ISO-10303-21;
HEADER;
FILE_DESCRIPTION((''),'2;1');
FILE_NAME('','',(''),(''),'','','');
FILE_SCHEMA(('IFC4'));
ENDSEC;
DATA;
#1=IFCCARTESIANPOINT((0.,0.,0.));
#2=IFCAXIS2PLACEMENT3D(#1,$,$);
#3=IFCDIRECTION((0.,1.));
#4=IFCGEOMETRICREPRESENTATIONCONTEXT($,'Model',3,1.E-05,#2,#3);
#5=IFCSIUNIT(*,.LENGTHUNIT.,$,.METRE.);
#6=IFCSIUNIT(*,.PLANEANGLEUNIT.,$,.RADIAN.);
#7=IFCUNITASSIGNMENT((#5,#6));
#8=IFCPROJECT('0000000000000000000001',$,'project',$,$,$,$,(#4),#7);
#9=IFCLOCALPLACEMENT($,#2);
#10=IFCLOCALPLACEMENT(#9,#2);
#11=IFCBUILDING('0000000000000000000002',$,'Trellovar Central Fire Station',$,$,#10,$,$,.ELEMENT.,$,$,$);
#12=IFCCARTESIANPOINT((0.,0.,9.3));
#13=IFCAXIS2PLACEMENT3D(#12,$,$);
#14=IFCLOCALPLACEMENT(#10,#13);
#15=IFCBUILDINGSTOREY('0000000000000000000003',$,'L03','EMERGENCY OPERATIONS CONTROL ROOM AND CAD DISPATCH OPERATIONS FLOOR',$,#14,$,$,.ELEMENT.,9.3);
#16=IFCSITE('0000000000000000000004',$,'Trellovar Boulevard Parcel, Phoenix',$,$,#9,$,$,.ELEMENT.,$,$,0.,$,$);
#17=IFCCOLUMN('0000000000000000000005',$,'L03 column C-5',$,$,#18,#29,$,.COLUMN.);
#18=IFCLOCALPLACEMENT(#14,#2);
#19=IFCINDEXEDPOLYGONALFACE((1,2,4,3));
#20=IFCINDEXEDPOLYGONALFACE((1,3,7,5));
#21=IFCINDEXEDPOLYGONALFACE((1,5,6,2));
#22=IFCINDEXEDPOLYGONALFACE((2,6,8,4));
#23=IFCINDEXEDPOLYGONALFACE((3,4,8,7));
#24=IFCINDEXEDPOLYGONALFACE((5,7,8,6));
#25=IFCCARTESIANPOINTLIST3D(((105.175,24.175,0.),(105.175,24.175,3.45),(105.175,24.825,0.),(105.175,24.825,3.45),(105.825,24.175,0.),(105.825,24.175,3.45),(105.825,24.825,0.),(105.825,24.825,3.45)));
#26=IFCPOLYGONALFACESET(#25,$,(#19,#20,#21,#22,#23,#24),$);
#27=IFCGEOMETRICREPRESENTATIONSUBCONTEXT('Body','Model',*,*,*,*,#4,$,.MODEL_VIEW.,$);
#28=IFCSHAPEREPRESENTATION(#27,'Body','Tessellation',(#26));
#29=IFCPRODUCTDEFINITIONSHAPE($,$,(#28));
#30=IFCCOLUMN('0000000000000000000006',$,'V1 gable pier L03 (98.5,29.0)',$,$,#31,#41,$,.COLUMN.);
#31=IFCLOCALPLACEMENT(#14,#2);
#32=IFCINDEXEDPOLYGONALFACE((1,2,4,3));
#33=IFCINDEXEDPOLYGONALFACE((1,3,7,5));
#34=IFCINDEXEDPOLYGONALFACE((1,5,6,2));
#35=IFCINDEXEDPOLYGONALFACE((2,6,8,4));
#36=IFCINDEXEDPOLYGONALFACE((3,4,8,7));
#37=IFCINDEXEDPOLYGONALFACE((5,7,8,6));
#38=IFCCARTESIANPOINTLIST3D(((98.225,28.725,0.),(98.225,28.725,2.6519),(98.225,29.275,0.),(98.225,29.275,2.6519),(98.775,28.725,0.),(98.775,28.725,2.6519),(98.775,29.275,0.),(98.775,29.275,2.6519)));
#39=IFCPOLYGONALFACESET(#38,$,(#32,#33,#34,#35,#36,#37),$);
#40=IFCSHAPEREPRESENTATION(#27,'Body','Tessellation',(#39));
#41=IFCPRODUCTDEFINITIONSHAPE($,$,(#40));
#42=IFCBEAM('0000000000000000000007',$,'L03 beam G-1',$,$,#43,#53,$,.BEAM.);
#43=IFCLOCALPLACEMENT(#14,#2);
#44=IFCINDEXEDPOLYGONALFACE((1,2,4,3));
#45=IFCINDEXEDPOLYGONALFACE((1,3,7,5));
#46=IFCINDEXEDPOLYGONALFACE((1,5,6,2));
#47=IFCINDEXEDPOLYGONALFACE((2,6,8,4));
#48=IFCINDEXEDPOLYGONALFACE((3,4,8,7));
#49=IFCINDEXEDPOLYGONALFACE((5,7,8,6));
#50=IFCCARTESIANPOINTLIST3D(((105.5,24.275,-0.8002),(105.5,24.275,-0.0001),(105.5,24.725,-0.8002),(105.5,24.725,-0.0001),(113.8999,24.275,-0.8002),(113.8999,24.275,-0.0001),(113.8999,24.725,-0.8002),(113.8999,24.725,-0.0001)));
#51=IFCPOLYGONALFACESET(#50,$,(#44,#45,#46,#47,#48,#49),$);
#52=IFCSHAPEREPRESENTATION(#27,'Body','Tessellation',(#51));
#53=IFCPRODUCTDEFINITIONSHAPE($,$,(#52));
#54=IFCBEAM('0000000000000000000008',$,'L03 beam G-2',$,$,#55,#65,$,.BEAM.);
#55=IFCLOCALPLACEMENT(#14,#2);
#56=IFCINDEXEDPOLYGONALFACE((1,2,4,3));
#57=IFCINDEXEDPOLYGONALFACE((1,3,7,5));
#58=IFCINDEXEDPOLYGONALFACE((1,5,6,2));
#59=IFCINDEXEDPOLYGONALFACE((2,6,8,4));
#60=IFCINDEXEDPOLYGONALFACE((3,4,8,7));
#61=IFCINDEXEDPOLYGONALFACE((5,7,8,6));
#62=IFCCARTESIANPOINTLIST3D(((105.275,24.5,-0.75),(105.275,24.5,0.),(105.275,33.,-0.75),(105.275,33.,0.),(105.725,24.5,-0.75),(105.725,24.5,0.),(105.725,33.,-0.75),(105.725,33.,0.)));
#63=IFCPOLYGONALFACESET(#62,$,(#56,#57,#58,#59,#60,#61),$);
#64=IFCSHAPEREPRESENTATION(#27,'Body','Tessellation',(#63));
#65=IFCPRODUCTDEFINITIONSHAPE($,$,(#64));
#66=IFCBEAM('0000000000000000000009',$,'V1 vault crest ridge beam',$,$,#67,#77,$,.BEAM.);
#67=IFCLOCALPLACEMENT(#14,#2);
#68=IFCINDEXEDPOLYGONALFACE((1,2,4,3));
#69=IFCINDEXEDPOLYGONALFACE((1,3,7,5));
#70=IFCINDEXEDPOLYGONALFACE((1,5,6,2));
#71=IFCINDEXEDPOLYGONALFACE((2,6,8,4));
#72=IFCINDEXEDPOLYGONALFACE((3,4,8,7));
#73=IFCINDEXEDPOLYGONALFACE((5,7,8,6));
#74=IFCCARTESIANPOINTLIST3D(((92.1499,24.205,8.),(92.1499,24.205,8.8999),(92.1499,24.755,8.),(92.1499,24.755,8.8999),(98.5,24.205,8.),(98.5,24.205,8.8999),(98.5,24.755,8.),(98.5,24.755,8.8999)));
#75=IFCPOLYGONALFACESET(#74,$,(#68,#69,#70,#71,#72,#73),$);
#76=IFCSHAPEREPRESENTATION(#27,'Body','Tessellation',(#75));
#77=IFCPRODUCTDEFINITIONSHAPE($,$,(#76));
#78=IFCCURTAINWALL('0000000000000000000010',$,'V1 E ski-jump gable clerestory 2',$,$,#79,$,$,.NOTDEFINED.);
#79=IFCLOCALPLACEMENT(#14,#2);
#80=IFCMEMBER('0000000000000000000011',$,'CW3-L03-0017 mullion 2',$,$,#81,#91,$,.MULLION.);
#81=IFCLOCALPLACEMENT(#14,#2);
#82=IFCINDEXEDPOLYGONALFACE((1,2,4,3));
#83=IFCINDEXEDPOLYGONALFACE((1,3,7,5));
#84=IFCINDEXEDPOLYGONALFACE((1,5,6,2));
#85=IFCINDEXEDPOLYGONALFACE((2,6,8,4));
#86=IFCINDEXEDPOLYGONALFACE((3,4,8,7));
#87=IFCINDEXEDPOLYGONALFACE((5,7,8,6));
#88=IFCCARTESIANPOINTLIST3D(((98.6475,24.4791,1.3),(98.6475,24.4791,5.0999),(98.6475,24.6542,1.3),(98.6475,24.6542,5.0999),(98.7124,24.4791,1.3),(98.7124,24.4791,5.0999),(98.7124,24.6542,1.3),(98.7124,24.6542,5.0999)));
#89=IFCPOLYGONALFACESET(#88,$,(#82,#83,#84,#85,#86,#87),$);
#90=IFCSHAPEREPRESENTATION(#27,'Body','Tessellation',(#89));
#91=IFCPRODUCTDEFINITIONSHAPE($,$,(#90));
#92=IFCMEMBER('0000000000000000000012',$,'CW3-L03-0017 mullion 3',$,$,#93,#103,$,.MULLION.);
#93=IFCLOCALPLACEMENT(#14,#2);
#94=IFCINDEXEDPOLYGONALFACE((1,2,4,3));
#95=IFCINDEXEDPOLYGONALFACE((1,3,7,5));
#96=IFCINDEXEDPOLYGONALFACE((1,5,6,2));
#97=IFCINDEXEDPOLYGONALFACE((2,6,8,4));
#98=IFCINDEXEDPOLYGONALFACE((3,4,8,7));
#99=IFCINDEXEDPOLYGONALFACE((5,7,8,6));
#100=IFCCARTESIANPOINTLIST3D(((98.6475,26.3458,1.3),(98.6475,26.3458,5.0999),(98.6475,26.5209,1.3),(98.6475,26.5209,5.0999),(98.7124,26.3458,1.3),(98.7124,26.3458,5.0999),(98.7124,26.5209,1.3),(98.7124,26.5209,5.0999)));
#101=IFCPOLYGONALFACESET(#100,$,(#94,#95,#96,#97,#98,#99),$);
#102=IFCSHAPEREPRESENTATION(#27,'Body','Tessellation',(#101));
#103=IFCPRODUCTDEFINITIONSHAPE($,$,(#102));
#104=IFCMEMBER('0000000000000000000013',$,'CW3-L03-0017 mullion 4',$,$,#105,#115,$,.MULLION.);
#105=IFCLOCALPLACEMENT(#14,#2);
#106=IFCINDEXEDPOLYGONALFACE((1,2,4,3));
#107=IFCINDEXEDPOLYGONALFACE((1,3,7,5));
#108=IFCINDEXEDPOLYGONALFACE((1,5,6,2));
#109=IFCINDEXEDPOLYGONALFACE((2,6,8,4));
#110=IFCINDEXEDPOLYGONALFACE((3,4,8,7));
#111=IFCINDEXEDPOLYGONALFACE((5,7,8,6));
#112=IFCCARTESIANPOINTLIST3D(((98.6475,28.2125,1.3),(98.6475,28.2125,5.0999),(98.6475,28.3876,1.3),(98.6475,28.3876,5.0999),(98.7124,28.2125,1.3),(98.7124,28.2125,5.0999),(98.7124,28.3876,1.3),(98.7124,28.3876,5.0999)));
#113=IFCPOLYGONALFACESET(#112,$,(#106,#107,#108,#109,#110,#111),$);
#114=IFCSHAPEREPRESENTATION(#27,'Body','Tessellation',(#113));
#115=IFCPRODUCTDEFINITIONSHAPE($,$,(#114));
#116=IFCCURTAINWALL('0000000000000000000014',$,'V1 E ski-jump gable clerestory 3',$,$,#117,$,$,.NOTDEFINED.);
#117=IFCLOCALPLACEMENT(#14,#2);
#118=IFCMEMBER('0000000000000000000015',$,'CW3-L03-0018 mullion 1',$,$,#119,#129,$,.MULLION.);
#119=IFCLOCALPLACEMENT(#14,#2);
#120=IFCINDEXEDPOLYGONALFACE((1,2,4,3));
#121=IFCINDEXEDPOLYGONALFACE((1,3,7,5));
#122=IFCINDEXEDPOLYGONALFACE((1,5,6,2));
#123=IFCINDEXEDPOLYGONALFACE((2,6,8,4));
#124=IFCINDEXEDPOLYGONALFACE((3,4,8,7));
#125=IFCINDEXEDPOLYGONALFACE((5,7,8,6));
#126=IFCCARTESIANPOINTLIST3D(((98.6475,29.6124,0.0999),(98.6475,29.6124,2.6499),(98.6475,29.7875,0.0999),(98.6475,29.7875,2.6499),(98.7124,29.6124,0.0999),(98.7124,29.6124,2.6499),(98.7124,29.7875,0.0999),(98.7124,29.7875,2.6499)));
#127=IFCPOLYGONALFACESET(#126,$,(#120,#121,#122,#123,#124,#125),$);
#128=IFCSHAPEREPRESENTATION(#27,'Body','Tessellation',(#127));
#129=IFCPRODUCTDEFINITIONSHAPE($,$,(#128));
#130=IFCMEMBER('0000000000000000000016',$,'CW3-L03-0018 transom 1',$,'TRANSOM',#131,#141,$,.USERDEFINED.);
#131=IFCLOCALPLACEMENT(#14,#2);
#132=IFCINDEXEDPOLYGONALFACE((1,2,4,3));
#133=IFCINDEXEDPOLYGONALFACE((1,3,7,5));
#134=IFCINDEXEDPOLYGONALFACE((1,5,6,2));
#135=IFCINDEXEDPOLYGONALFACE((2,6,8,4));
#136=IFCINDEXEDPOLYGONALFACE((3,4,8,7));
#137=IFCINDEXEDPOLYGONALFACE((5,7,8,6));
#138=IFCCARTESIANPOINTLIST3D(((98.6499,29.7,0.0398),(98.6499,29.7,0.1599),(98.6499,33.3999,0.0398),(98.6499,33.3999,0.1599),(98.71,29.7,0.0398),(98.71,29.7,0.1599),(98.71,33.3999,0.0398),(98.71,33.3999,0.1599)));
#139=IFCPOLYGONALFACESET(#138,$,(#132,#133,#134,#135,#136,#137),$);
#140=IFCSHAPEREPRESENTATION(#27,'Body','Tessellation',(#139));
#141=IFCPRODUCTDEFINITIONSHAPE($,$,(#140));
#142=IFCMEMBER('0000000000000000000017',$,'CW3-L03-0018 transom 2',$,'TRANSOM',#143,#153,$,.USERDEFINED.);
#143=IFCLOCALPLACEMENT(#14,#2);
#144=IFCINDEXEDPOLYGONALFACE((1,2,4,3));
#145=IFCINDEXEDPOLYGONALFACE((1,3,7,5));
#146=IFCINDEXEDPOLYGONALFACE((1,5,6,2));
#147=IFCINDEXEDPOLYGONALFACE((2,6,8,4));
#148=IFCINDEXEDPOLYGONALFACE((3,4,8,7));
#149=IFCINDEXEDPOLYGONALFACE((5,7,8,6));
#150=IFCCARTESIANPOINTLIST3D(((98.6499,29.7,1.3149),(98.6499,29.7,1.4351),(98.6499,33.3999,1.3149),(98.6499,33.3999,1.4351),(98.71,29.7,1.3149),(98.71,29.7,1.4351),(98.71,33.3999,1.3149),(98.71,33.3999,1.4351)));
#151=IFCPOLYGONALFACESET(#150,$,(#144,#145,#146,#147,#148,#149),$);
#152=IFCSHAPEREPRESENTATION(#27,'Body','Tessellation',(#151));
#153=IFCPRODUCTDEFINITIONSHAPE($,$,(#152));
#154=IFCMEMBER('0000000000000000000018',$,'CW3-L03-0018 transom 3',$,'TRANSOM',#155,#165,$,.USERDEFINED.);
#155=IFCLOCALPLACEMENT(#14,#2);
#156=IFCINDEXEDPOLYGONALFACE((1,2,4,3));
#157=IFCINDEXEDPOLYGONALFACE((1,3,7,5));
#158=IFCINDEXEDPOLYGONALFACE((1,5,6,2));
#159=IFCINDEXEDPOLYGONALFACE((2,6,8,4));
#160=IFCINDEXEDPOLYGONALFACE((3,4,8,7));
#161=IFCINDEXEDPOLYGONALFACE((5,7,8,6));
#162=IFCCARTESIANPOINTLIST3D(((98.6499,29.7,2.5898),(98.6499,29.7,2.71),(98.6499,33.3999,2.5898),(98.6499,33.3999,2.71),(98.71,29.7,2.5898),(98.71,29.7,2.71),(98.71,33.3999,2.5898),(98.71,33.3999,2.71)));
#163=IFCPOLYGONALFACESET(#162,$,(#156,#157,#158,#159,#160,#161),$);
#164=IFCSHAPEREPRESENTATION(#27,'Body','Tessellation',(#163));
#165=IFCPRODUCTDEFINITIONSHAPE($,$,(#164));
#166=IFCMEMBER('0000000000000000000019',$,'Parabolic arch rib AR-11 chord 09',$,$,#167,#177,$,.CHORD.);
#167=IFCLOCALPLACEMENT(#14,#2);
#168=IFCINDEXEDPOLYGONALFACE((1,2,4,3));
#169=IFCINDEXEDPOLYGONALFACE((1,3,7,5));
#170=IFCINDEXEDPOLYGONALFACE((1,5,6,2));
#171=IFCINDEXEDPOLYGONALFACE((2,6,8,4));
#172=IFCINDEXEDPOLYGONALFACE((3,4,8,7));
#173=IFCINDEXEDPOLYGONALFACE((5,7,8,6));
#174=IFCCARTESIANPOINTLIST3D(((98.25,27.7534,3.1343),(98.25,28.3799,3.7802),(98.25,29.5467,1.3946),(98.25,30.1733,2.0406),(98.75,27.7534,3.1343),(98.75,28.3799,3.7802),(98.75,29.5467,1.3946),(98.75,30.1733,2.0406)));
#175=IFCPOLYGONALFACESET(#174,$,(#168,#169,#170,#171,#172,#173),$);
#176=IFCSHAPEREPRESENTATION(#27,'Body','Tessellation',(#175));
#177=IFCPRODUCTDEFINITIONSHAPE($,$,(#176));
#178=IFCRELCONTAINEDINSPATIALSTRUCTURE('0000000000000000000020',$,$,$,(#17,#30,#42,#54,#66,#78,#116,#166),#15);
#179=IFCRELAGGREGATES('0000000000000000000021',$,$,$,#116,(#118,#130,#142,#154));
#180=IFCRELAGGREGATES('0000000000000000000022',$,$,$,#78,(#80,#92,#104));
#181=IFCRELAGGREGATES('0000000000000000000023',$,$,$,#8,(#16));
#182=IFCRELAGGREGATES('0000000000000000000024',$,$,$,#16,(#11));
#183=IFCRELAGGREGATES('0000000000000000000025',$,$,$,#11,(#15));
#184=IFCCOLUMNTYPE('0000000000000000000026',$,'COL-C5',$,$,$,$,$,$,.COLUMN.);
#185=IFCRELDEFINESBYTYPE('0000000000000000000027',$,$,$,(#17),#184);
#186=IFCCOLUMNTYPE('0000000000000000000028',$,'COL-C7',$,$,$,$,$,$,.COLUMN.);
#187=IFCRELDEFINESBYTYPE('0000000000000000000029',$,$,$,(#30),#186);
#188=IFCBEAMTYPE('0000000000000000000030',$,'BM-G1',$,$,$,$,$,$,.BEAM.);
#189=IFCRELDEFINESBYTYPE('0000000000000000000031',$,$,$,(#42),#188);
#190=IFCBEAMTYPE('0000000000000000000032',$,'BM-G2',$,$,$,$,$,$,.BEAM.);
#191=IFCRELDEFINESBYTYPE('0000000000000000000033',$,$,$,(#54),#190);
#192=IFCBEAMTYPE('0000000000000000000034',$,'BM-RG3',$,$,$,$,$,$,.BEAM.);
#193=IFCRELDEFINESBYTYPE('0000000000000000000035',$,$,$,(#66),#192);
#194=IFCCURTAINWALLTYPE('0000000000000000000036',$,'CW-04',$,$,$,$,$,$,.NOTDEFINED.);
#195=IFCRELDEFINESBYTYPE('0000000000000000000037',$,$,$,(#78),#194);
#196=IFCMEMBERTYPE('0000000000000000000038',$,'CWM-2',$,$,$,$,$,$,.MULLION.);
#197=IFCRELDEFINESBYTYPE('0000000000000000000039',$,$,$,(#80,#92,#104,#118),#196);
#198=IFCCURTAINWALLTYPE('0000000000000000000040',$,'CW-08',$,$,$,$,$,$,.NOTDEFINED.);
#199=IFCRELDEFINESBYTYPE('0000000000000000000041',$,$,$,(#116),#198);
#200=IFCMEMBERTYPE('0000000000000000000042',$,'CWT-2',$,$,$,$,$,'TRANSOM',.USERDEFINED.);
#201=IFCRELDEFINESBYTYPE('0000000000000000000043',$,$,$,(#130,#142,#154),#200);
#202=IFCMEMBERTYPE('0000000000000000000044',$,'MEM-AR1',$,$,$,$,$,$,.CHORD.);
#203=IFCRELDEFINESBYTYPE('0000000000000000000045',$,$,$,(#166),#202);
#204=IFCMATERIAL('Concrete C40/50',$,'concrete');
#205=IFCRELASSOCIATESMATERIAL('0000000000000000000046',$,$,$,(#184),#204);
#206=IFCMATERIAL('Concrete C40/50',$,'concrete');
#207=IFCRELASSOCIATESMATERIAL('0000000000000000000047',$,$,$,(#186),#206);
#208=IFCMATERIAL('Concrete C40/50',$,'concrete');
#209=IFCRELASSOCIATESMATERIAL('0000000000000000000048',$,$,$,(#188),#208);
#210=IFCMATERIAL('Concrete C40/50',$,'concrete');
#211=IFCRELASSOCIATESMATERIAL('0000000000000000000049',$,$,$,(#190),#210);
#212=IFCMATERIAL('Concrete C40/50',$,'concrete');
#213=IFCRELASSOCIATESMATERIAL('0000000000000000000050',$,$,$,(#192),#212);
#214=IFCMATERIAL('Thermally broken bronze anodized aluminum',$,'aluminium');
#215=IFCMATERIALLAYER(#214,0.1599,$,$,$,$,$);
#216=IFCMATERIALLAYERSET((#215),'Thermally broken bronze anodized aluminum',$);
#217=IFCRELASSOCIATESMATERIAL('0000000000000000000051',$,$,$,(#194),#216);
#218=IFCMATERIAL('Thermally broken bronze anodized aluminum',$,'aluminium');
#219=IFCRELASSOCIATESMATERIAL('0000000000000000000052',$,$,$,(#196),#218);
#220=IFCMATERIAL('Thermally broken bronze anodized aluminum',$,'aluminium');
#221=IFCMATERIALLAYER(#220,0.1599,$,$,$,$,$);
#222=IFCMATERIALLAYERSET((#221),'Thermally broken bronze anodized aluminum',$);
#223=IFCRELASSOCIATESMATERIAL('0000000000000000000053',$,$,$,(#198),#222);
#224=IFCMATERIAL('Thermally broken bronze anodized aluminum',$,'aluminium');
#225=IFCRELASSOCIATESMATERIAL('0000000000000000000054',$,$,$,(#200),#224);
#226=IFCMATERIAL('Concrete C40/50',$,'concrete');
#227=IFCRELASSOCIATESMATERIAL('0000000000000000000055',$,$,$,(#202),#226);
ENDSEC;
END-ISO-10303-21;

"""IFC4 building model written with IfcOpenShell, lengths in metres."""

from ifc_helpers import new_model, si_unit, direction, frame, origin, origin_2d, place, context, subcontext, project, spatial, rectangle, extrude, material, layer, layer_set, material_profile, profile_set, type_object, element, aggregate, save


model = new_model("IFC4")

# Units and contexts
model_context = context("Model", 3, precision=1e-05, world=origin(), true_north=direction((0.0, 1.0)))
body_context = subcontext(model_context, "Body", "Model", "MODEL_VIEW")
ifc_project = project(units=[si_unit("LENGTHUNIT", "METRE"), si_unit("PLANEANGLEUNIT", "RADIAN")], contexts=[model_context])

# Site, building, storey
site_placement = place(None, origin())
site = spatial("IfcSite", under=ifc_project, at=site_placement, Name="Trellovar Boulevard Parcel, Phoenix", CompositionType="ELEMENT", RefElevation=0.0)
building_placement = place(site_placement, origin())
building = spatial("IfcBuilding", under=site, at=building_placement, Name="Trellovar Central Fire Station", CompositionType="ELEMENT")
storey_placement = place(building_placement, frame((0.0, 0.0, 9.3)))
storey = spatial("IfcBuildingStorey", under=building, at=storey_placement, Name="L03", Description="EMERGENCY OPERATIONS CONTROL ROOM AND CAD DISPATCH OPERATIONS FLOOR", CompositionType="ELEMENT", Elevation=9.3)

# Columns
ifc_material_1 = material(Name="Concrete C40/50", Category="concrete")
ifc_material_profile_1 = material_profile(ifc_material_1, rectangle(XDim=0.6499, YDim=0.6499, at=origin_2d()), Name="RC650X650")
ifc_profile_set_1 = profile_set([ifc_material_profile_1], Name="Concrete C40/50")
column_type_1 = type_object("IfcColumnType", Name="COL-C5", PredefinedType="COLUMN", material=ifc_profile_set_1)
column_1_placement = place(storey_placement, frame((105.5, 24.5, 0.0), z_axis=(0.0, 0.0, 1.0), x_axis=(1.0, 0.0, 0.0)))
element("IfcColumn", 1, at=column_1_placement, inside=storey, type_object=column_type_1, Name="L03 column C-5", PredefinedType="COLUMN", context=body_context, shape_type="SweptSolid", body=[
    extrude(rectangle(XDim=0.6499, YDim=0.6499, at=origin_2d()), origin(), (0.0, 0.0, 1.0), 3.45),
])
ifc_material_2 = material(Name="Concrete C40/50", Category="concrete")
ifc_material_profile_2 = material_profile(ifc_material_2, rectangle(XDim=0.55, YDim=0.55, at=origin_2d()), Name="RC550X550")
ifc_profile_set_2 = profile_set([ifc_material_profile_2], Name="Concrete C40/50")
column_type_2 = type_object("IfcColumnType", Name="COL-C7", PredefinedType="COLUMN", material=ifc_profile_set_2)
column_2_placement = place(storey_placement, frame((98.5, 29.0, 0.0), z_axis=(0.0, 0.0, 1.0), x_axis=(1.0, 0.0, 0.0)))
element("IfcColumn", 2, at=column_2_placement, inside=storey, type_object=column_type_2, Name="V1 gable pier L03 (98.5,29.0)", PredefinedType="COLUMN", context=body_context, shape_type="SweptSolid", body=[
    extrude(rectangle(XDim=0.55, YDim=0.55, at=origin_2d()), origin(), (0.0, 0.0, 1.0), 2.6519),
])

# Beams
ifc_material_3 = material(Name="Concrete C40/50", Category="concrete")
ifc_material_profile_3 = material_profile(ifc_material_3, rectangle(XDim=0.45, YDim=0.8, at=origin_2d()), Name="RC450X800")
ifc_profile_set_3 = profile_set([ifc_material_profile_3], Name="Concrete C40/50")
beam_type_1 = type_object("IfcBeamType", Name="BM-G1", PredefinedType="BEAM", material=ifc_profile_set_3)
beam_1_placement = place(storey_placement, frame((105.5, 24.5, -0.4001), z_axis=(1.0, 0.0, 0.0), x_axis=(0.0, 1.0, 0.0)))
element("IfcBeam", 3, at=beam_1_placement, inside=storey, type_object=beam_type_1, Name="L03 beam G-1", PredefinedType="BEAM", context=body_context, shape_type="SweptSolid", body=[
    extrude(rectangle(XDim=0.45, YDim=0.8, at=origin_2d()), origin(), (0.0, 0.0, 1.0), 8.3999),
])
ifc_material_4 = material(Name="Concrete C40/50", Category="concrete")
ifc_material_profile_4 = material_profile(ifc_material_4, rectangle(XDim=0.45, YDim=0.75, at=origin_2d()), Name="RC450X750")
ifc_profile_set_4 = profile_set([ifc_material_profile_4], Name="Concrete C40/50")
beam_type_2 = type_object("IfcBeamType", Name="BM-G2", PredefinedType="BEAM", material=ifc_profile_set_4)
beam_2_placement = place(storey_placement, frame((105.5, 24.5, -0.375), z_axis=(0.0, 1.0, 0.0), x_axis=(-1.0, 0.0, 0.0)))
element("IfcBeam", 4, at=beam_2_placement, inside=storey, type_object=beam_type_2, Name="L03 beam G-2", PredefinedType="BEAM", context=body_context, shape_type="SweptSolid", body=[
    extrude(rectangle(XDim=0.45, YDim=0.75, at=origin_2d()), origin(), (0.0, 0.0, 1.0), 8.5),
])
ifc_material_5 = material(Name="Concrete C40/50", Category="concrete")
ifc_material_profile_5 = material_profile(ifc_material_5, rectangle(XDim=0.55, YDim=0.8999, at=origin_2d()), Name="RC550X900")
ifc_profile_set_5 = profile_set([ifc_material_profile_5], Name="Concrete C40/50")
beam_type_3 = type_object("IfcBeamType", Name="BM-RG3", PredefinedType="BEAM", material=ifc_profile_set_5)
beam_3_placement = place(storey_placement, frame((92.1499, 24.48, 8.45), z_axis=(1.0, 0.0, 0.0), x_axis=(0.0, 1.0, 0.0)))
element("IfcBeam", 5, at=beam_3_placement, inside=storey, type_object=beam_type_3, Name="V1 vault crest ridge beam", PredefinedType="BEAM", context=body_context, shape_type="SweptSolid", body=[
    extrude(rectangle(XDim=0.55, YDim=0.8999, at=origin_2d()), origin(), (0.0, 0.0, 1.0), 6.3501),
])

# Curtain walls, members
ifc_material_6 = material(Name="Thermally broken bronze anodized aluminum", Category="aluminium")
ifc_layer_1 = layer(ifc_material_6, 0.1599)
ifc_layer_set_1 = layer_set([ifc_layer_1], Name="Thermally broken bronze anodized aluminum")
curtain_wall_type_1 = type_object("IfcCurtainWallType", Name="CW-04", PredefinedType="NOTDEFINED", material=ifc_layer_set_1)
curtain_wall_1_placement = place(storey_placement, origin())
curtain_wall_1 = element("IfcCurtainWall", 6, at=curtain_wall_1_placement, inside=storey, type_object=curtain_wall_type_1, Name="V1 E ski-jump gable clerestory 2", PredefinedType="NOTDEFINED")
ifc_material_7 = material(Name="Thermally broken bronze anodized aluminum", Category="aluminium")
ifc_material_profile_6 = material_profile(ifc_material_7, rectangle(XDim=0.0649, YDim=0.175, at=origin_2d()), Name="ALU65X175")
ifc_profile_set_6 = profile_set([ifc_material_profile_6], Name="Thermally broken bronze anodized aluminum")
member_type_1 = type_object("IfcMemberType", Name="CWM-2", PredefinedType="MULLION", material=ifc_profile_set_6)
member_1_placement = place(storey_placement, frame((98.6799, 24.5667, 1.3), z_axis=(0.0, 0.0, 1.0), x_axis=(1.0, 0.0, 0.0)))
member_1 = element("IfcMember", 7, at=member_1_placement, type_object=member_type_1, Name="CW3-L03-0017 mullion 2", PredefinedType="MULLION", context=body_context, shape_type="SweptSolid", body=[
    extrude(rectangle(XDim=0.0649, YDim=0.175, at=origin_2d()), origin(), (0.0, 0.0, 1.0), 3.7998),
])
member_2_placement = place(storey_placement, frame((98.6799, 26.4333, 1.3), z_axis=(0.0, 0.0, 1.0), x_axis=(1.0, 0.0, 0.0)))
member_2 = element("IfcMember", 8, at=member_2_placement, type_object=member_type_1, Name="CW3-L03-0017 mullion 3", PredefinedType="MULLION", context=body_context, shape_type="SweptSolid", body=[
    extrude(rectangle(XDim=0.0649, YDim=0.175, at=origin_2d()), origin(), (0.0, 0.0, 1.0), 3.7998),
])
member_3_placement = place(storey_placement, frame((98.6799, 28.3, 1.3), z_axis=(0.0, 0.0, 1.0), x_axis=(1.0, 0.0, 0.0)))
member_3 = element("IfcMember", 9, at=member_3_placement, type_object=member_type_1, Name="CW3-L03-0017 mullion 4", PredefinedType="MULLION", context=body_context, shape_type="SweptSolid", body=[
    extrude(rectangle(XDim=0.0649, YDim=0.175, at=origin_2d()), origin(), (0.0, 0.0, 1.0), 3.7998),
])
ifc_material_8 = material(Name="Thermally broken bronze anodized aluminum", Category="aluminium")
ifc_layer_2 = layer(ifc_material_8, 0.1599)
ifc_layer_set_2 = layer_set([ifc_layer_2], Name="Thermally broken bronze anodized aluminum")
curtain_wall_type_2 = type_object("IfcCurtainWallType", Name="CW-08", PredefinedType="NOTDEFINED", material=ifc_layer_set_2)
curtain_wall_2_placement = place(storey_placement, origin())
curtain_wall_2 = element("IfcCurtainWall", 10, at=curtain_wall_2_placement, inside=storey, type_object=curtain_wall_type_2, Name="V1 E ski-jump gable clerestory 3", PredefinedType="NOTDEFINED")
member_4_placement = place(storey_placement, frame((98.6799, 29.7, 0.0999), z_axis=(0.0, 0.0, 1.0), x_axis=(1.0, 0.0, 0.0)))
member_4 = element("IfcMember", 11, at=member_4_placement, type_object=member_type_1, Name="CW3-L03-0018 mullion 1", PredefinedType="MULLION", context=body_context, shape_type="SweptSolid", body=[
    extrude(rectangle(XDim=0.0649, YDim=0.175, at=origin_2d()), origin(), (0.0, 0.0, 1.0), 2.55),
])
ifc_material_9 = material(Name="Thermally broken bronze anodized aluminum", Category="aluminium")
ifc_material_profile_7 = material_profile(ifc_material_9, rectangle(XDim=0.0601, YDim=0.1201, at=origin_2d()), Name="ALU60X120")
ifc_profile_set_7 = profile_set([ifc_material_profile_7], Name="Thermally broken bronze anodized aluminum")
member_type_2 = type_object("IfcMemberType", Name="CWT-2", ElementType="TRANSOM", PredefinedType="USERDEFINED", material=ifc_profile_set_7)
member_5_placement = place(storey_placement, frame((98.6799, 29.7, 0.0999), z_axis=(0.0, 1.0, 0.0), x_axis=(-1.0, 0.0, 0.0)))
member_5 = element("IfcMember", 12, at=member_5_placement, type_object=member_type_2, Name="CW3-L03-0018 transom 1", ObjectType="TRANSOM", PredefinedType="USERDEFINED", context=body_context, shape_type="SweptSolid", body=[
    extrude(rectangle(XDim=0.0601, YDim=0.1201, at=origin_2d()), origin(), (0.0, 0.0, 1.0), 3.7),
])
member_6_placement = place(storey_placement, frame((98.6799, 29.7, 1.375), z_axis=(0.0, 1.0, 0.0), x_axis=(-1.0, 0.0, 0.0)))
member_6 = element("IfcMember", 13, at=member_6_placement, type_object=member_type_2, Name="CW3-L03-0018 transom 2", ObjectType="TRANSOM", PredefinedType="USERDEFINED", context=body_context, shape_type="SweptSolid", body=[
    extrude(rectangle(XDim=0.0601, YDim=0.1201, at=origin_2d()), origin(), (0.0, 0.0, 1.0), 3.7),
])
member_7_placement = place(storey_placement, frame((98.6799, 29.7, 2.6499), z_axis=(0.0, 1.0, 0.0), x_axis=(-1.0, 0.0, 0.0)))
member_7 = element("IfcMember", 14, at=member_7_placement, type_object=member_type_2, Name="CW3-L03-0018 transom 3", ObjectType="TRANSOM", PredefinedType="USERDEFINED", context=body_context, shape_type="SweptSolid", body=[
    extrude(rectangle(XDim=0.0601, YDim=0.1201, at=origin_2d()), origin(), (0.0, 0.0, 1.0), 3.7),
])
aggregate(curtain_wall_2, [member_4, member_5, member_6, member_7])

# Member
ifc_material_10 = material(Name="Concrete C40/50", Category="concrete")
ifc_material_profile_8 = material_profile(ifc_material_10, rectangle(XDim=0.5, YDim=0.8999, at=origin_2d()), Name="RC500X900")
ifc_profile_set_8 = profile_set([ifc_material_profile_8], Name="Concrete C40/50")
member_type_3 = type_object("IfcMemberType", Name="MEM-AR1", PredefinedType="CHORD", material=ifc_profile_set_8)
member_8_placement = place(storey_placement, frame((98.5, 28.0667, 3.4573), z_axis=(0.0, 0.717773, -0.696277), x_axis=(-1.0, 0.0, 0.0)))
element("IfcMember", 15, at=member_8_placement, inside=storey, type_object=member_type_3, Name="Parabolic arch rib AR-11 chord 09", PredefinedType="CHORD", context=body_context, shape_type="SweptSolid", body=[
    extrude(rectangle(XDim=0.5, YDim=0.8999, at=origin_2d()), origin(), (0.0, 0.0, 1.0), 2.4985),
])

aggregate(curtain_wall_1, [member_1, member_2, member_3])

save(model, "model.ifc")
